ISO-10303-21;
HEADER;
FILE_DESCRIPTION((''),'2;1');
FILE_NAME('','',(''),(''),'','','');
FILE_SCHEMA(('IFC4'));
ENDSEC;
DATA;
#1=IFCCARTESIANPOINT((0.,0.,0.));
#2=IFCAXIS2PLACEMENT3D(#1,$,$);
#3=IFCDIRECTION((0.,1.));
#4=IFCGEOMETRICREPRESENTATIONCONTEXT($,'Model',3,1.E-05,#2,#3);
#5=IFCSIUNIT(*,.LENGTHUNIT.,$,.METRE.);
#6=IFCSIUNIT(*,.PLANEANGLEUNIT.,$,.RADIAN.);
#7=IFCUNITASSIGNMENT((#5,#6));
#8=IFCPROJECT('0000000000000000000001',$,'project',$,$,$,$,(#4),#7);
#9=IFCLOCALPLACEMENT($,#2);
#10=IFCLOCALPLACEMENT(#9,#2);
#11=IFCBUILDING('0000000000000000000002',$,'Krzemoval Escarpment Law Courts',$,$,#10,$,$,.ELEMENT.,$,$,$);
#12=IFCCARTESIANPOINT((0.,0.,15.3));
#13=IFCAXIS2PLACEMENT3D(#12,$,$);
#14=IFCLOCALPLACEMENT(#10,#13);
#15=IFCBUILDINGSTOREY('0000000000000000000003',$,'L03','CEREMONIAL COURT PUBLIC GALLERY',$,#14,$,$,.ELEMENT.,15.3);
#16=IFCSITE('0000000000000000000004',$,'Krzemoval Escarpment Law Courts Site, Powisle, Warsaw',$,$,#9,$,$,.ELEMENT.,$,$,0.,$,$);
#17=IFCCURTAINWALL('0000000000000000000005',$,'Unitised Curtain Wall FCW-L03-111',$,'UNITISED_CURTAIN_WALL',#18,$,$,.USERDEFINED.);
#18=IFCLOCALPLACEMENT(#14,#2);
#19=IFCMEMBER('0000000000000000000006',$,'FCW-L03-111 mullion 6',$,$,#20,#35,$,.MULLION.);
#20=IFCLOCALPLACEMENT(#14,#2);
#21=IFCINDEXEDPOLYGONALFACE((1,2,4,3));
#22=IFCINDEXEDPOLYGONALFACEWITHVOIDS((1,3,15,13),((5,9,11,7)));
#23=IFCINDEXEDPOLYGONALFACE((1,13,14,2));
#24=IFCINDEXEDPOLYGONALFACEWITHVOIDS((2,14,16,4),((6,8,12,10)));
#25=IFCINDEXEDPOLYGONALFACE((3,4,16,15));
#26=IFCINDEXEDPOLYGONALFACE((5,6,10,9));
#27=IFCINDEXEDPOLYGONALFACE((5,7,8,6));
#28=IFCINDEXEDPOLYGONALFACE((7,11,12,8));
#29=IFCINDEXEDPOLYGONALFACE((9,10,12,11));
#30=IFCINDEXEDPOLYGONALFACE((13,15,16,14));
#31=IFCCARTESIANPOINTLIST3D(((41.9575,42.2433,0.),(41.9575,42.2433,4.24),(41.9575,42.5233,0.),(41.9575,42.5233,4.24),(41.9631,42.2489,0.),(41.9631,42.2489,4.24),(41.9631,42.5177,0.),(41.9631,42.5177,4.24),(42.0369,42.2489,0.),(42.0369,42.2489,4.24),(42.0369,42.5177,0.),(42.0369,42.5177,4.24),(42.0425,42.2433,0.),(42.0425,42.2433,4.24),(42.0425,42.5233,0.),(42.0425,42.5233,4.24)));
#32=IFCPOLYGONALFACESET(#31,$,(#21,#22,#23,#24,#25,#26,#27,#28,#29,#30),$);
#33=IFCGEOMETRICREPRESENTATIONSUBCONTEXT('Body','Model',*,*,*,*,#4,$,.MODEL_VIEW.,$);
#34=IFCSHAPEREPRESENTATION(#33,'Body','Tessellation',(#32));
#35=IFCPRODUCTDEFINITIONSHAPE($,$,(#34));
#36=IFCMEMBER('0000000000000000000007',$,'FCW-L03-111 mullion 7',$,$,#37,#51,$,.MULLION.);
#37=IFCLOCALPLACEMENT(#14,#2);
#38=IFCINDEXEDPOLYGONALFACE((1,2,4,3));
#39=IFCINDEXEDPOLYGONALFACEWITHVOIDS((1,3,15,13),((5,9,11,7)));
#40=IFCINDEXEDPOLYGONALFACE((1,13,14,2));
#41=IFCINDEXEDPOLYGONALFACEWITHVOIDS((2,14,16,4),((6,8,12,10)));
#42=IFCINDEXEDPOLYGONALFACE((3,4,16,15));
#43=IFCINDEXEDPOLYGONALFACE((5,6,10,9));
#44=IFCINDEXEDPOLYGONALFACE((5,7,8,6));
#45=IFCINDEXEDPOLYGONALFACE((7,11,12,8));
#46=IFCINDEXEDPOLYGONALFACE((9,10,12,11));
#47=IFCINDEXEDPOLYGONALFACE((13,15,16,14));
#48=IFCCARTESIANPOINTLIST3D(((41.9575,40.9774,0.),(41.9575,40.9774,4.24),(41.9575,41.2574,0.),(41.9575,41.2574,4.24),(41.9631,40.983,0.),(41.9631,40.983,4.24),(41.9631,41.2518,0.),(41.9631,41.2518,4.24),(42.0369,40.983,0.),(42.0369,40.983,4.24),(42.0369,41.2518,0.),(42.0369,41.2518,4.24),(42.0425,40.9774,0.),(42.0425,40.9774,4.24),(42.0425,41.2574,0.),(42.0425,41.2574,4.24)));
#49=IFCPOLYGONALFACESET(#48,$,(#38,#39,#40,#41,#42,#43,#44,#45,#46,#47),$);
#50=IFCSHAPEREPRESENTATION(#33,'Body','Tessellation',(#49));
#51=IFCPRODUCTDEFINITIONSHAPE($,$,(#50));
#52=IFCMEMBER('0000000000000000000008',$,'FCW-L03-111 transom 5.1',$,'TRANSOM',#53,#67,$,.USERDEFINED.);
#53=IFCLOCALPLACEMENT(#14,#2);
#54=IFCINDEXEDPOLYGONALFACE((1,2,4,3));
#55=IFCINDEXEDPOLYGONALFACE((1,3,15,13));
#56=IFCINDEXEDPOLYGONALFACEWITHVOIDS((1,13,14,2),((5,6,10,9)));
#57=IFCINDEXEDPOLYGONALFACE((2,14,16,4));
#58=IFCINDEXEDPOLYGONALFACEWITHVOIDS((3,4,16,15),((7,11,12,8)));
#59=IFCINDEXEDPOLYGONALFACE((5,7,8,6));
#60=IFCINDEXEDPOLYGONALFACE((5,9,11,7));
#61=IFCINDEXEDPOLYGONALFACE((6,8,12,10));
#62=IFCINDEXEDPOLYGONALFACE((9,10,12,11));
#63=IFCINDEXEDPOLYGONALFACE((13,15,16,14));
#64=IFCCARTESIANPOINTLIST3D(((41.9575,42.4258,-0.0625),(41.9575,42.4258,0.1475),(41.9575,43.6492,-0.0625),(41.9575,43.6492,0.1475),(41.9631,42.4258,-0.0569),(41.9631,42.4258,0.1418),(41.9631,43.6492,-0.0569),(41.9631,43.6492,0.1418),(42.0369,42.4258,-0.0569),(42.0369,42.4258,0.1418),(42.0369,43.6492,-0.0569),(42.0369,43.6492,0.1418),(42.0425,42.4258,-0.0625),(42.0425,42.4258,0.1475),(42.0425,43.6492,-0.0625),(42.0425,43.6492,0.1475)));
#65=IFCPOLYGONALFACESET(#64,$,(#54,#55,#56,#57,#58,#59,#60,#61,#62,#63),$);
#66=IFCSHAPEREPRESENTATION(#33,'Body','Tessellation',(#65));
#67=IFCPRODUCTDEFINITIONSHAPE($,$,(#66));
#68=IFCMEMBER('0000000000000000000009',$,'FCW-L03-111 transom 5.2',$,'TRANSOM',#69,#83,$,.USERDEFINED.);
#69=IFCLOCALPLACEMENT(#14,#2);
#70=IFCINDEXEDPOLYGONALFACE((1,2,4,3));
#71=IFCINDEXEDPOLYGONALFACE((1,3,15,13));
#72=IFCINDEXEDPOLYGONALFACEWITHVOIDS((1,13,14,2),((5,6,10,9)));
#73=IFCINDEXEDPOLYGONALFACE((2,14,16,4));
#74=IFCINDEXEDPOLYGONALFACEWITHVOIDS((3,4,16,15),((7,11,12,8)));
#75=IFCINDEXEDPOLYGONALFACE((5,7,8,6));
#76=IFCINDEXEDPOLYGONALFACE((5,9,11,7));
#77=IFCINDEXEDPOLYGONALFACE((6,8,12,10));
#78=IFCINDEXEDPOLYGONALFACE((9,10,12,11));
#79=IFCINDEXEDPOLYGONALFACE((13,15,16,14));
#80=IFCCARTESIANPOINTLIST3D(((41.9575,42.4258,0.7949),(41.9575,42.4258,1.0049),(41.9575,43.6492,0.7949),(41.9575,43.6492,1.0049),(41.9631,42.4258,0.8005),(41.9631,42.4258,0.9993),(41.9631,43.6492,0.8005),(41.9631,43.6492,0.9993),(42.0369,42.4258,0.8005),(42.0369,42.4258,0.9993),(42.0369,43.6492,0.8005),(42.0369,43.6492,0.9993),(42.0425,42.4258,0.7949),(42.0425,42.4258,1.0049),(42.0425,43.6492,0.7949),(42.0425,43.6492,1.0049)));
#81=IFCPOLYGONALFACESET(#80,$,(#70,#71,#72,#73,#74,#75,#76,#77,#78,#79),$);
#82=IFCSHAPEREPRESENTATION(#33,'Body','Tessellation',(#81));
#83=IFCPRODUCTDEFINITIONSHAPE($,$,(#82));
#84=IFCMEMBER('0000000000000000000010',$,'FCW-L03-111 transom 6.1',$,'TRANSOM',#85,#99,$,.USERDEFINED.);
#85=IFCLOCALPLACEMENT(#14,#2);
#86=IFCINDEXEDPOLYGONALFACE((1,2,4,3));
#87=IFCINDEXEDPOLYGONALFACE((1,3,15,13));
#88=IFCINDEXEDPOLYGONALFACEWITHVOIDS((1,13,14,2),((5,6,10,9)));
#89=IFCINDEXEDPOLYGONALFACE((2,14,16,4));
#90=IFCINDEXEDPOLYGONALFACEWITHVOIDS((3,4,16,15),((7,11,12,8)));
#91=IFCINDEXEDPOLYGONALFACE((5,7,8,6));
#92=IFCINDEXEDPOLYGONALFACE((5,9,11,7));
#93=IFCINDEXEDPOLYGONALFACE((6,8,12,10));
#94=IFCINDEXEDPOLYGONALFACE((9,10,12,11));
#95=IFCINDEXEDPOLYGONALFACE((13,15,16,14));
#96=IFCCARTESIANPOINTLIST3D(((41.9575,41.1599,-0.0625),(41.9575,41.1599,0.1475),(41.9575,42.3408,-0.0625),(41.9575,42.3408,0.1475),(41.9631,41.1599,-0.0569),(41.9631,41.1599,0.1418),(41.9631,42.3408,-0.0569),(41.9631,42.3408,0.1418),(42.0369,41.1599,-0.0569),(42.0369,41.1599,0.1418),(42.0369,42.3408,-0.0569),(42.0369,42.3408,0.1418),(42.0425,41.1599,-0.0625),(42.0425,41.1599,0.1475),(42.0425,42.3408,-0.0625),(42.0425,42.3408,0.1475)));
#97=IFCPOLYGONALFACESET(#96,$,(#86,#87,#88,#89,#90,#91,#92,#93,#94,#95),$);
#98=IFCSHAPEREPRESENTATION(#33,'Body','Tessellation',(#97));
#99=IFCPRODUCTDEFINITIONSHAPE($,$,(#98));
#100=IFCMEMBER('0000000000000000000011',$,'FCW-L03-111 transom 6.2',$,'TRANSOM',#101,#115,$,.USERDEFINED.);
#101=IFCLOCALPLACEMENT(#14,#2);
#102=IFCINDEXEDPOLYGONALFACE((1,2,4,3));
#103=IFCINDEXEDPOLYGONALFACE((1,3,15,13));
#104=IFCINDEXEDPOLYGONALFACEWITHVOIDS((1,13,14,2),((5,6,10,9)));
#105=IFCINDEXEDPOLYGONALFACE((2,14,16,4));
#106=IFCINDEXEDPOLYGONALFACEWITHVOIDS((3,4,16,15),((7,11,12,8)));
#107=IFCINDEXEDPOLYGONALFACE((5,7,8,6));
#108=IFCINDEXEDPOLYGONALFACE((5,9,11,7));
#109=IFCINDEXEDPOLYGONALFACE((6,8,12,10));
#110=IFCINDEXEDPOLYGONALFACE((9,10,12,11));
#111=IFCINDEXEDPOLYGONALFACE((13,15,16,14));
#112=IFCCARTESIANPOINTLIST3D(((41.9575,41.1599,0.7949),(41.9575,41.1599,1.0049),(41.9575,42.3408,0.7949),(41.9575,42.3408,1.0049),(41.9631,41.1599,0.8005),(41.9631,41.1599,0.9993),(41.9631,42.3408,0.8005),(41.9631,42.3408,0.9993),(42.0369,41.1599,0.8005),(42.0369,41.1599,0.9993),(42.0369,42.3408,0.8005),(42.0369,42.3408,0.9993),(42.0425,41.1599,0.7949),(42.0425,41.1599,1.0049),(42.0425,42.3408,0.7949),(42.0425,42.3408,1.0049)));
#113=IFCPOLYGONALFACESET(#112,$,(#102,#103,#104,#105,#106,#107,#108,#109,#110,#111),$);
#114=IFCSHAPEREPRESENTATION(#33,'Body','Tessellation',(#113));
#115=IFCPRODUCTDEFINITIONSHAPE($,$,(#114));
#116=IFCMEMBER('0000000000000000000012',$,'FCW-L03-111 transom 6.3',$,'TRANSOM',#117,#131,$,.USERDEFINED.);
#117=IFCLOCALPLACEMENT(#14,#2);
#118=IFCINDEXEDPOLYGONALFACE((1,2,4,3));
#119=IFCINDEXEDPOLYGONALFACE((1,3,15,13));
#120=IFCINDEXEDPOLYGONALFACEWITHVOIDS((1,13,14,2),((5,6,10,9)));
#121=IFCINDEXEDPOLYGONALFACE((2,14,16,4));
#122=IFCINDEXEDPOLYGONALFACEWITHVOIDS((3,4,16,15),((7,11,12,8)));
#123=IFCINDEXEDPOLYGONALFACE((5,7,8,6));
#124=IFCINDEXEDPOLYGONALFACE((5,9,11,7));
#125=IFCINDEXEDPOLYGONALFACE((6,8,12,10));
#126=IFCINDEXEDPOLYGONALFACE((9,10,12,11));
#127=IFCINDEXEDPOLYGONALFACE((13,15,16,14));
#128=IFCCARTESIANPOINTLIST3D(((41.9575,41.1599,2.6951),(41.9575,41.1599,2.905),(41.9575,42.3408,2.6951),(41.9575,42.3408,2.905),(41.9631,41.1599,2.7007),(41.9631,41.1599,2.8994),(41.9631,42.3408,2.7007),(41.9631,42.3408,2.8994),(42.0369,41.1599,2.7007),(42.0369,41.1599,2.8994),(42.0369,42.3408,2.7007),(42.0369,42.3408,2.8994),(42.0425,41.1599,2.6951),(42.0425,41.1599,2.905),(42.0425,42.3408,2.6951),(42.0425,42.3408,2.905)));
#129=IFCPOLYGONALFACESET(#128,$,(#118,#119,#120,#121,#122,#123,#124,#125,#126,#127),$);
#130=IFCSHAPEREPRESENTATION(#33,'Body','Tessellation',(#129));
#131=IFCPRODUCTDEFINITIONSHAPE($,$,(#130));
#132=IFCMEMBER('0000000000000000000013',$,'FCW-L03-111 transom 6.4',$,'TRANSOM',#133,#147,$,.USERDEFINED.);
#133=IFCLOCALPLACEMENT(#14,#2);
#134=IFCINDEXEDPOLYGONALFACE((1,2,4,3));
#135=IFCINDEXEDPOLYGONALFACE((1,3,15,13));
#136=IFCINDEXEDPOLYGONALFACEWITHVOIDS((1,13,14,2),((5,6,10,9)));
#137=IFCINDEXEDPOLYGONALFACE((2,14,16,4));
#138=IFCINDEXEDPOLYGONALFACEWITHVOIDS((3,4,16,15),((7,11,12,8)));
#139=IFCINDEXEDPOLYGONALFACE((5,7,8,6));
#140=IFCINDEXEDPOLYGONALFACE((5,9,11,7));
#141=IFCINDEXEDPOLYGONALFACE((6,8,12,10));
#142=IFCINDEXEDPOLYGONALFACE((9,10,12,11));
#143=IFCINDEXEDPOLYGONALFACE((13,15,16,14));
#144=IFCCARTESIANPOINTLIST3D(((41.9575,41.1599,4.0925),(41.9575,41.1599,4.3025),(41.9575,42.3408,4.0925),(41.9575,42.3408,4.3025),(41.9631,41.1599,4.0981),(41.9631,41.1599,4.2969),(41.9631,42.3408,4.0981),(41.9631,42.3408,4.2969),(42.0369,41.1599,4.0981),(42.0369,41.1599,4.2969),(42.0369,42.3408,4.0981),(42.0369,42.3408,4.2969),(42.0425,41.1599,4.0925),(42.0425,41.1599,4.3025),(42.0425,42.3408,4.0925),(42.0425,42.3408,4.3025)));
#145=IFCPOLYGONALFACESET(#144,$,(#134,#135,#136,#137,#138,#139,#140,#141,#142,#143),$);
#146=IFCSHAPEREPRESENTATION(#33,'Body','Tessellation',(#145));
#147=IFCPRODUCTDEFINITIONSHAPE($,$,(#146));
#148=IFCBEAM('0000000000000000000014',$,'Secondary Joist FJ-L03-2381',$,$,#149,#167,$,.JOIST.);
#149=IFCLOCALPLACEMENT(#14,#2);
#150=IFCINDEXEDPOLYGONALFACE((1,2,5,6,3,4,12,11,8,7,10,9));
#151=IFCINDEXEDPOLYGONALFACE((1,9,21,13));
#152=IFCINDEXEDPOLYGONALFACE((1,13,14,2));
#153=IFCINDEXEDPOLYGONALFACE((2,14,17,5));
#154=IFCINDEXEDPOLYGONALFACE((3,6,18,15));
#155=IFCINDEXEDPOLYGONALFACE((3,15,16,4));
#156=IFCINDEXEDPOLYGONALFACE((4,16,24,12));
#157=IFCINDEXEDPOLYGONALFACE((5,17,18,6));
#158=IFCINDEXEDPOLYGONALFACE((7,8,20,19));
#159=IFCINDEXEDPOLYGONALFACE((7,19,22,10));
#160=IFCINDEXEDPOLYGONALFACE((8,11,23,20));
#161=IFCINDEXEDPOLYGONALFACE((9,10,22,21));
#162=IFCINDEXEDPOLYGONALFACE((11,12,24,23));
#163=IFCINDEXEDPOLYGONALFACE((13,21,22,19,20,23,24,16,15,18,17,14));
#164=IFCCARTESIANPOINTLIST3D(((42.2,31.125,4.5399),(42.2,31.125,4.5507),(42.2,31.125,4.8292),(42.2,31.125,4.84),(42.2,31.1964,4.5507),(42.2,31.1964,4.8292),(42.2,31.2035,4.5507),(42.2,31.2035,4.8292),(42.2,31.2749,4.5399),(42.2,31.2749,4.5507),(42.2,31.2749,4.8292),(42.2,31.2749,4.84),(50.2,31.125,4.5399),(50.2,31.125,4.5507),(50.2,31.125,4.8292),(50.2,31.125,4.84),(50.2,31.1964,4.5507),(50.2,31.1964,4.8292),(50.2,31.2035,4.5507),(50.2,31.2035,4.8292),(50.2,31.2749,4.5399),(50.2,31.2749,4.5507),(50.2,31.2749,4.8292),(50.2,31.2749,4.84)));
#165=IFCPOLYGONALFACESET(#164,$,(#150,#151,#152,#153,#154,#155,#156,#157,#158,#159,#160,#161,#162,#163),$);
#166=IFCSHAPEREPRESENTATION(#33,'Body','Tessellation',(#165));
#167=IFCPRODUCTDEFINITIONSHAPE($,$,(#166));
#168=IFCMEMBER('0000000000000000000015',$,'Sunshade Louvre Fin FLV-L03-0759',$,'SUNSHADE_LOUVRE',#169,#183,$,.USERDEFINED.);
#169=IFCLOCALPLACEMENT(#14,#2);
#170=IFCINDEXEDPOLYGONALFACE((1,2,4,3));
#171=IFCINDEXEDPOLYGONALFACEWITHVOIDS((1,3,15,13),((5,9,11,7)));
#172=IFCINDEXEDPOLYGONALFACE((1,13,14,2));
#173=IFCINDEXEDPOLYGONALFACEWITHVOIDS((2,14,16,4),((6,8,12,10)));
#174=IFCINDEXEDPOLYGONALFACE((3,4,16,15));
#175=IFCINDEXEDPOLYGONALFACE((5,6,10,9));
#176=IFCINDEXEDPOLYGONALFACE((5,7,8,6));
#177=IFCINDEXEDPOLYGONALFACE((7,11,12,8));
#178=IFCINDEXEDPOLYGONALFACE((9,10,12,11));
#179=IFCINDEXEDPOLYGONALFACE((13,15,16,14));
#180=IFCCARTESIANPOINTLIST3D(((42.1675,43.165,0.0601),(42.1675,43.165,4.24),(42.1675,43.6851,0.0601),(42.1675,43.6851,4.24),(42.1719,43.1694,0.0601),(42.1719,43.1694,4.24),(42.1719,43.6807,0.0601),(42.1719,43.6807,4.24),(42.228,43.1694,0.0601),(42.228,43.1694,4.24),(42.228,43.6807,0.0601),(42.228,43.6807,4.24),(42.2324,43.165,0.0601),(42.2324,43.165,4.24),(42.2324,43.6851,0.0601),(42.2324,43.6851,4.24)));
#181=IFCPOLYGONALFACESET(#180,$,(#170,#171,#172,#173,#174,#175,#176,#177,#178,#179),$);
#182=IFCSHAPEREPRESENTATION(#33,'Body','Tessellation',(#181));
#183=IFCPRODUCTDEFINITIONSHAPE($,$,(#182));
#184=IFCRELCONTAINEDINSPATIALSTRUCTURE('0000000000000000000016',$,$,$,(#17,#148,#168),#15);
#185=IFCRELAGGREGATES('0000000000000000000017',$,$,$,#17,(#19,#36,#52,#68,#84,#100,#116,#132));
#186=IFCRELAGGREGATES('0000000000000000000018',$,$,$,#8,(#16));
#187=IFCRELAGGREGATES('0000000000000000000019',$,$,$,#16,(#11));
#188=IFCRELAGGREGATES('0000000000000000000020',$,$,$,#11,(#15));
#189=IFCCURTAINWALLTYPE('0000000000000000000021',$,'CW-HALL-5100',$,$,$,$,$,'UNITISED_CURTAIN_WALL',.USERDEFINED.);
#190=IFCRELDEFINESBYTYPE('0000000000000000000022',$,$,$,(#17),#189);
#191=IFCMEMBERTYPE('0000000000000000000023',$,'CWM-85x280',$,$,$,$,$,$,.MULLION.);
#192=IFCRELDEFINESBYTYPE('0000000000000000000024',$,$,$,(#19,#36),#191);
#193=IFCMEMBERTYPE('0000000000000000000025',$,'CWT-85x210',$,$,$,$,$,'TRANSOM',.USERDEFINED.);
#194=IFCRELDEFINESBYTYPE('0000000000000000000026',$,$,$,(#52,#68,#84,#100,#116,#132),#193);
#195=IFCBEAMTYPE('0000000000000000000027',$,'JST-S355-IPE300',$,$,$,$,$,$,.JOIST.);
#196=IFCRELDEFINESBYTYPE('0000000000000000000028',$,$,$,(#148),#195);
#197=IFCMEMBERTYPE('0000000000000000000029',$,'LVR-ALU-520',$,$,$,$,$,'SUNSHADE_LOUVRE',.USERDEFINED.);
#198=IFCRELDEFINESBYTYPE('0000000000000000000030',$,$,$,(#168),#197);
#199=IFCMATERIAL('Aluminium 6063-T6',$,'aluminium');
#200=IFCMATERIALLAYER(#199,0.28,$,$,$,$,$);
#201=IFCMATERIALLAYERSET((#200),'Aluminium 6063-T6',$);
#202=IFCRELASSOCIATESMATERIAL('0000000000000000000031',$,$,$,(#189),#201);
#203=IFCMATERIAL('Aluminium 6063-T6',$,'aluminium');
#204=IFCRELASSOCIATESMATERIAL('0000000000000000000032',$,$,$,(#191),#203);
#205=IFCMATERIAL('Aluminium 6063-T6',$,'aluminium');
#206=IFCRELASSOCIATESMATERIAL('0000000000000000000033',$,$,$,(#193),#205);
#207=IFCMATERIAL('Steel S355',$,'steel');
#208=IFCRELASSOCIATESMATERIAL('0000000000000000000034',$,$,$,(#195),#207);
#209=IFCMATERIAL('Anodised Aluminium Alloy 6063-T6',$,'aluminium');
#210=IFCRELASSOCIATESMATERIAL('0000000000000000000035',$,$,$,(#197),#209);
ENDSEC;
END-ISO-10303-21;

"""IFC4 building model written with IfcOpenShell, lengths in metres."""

from ifc_helpers import new_model, si_unit, direction, frame, origin, origin_2d, place, context, subcontext, project, spatial, hollow_rectangle, i_section, extrude, material, layer, layer_set, material_profile, profile_set, type_object, element, aggregate, save


model = new_model("IFC4")

# Units and contexts
model_context = context("Model", 3, precision=1e-05, world=origin(), true_north=direction((0.0, 1.0)))
body_context = subcontext(model_context, "Body", "Model", "MODEL_VIEW")
ifc_project = project(units=[si_unit("LENGTHUNIT", "METRE"), si_unit("PLANEANGLEUNIT", "RADIAN")], contexts=[model_context])

# Site, building, storey
site_placement = place(None, origin())
site = spatial("IfcSite", under=ifc_project, at=site_placement, Name="Krzemoval Escarpment Law Courts Site, Powisle, Warsaw", CompositionType="ELEMENT", RefElevation=0.0)
building_placement = place(site_placement, origin())
building = spatial("IfcBuilding", under=site, at=building_placement, Name="Krzemoval Escarpment Law Courts", CompositionType="ELEMENT")
storey_placement = place(building_placement, frame((0.0, 0.0, 15.3)))
storey = spatial("IfcBuildingStorey", under=building, at=storey_placement, Name="L03", Description="CEREMONIAL COURT PUBLIC GALLERY", CompositionType="ELEMENT", Elevation=15.3)

# Curtain wall, members
ifc_material_1 = material(Name="Aluminium 6063-T6", Category="aluminium")
ifc_layer_1 = layer(ifc_material_1, 0.28)
ifc_layer_set_1 = layer_set([ifc_layer_1], Name="Aluminium 6063-T6")
curtain_wall_type = type_object("IfcCurtainWallType", Name="CW-HALL-5100", ElementType="UNITISED_CURTAIN_WALL", PredefinedType="USERDEFINED", material=ifc_layer_set_1)
curtain_wall_placement = place(storey_placement, origin())
curtain_wall = element("IfcCurtainWall", 1, at=curtain_wall_placement, inside=storey, type_object=curtain_wall_type, Name="Unitised Curtain Wall FCW-L03-111", ObjectType="UNITISED_CURTAIN_WALL", PredefinedType="USERDEFINED")
ifc_material_2 = material(Name="Aluminium 6063-T6", Category="aluminium")
ifc_material_profile_1 = material_profile(ifc_material_2, hollow_rectangle(XDim=0.085, YDim=0.28, WallThickness=0.0056, at=origin_2d()), Name="ALU M85x280")
ifc_profile_set_1 = profile_set([ifc_material_profile_1], Name="Aluminium 6063-T6")
member_type_1 = type_object("IfcMemberType", Name="CWM-85x280", PredefinedType="MULLION", material=ifc_profile_set_1)
member_1_placement = place(storey_placement, frame((42.0, 42.3833, 0.0), z_axis=(0.0, 0.0, 1.0), x_axis=(1.0, 0.0, 0.0)))
member_1 = element("IfcMember", 2, at=member_1_placement, type_object=member_type_1, Name="FCW-L03-111 mullion 6", PredefinedType="MULLION", context=body_context, shape_type="SweptSolid", body=[
    extrude(hollow_rectangle(XDim=0.085, YDim=0.28, WallThickness=0.0056, at=origin_2d()), origin(), (0.0, 0.0, 1.0), 4.24),
])
member_2_placement = place(storey_placement, frame((42.0, 41.1174, 0.0), z_axis=(0.0, 0.0, 1.0), x_axis=(1.0, 0.0, 0.0)))
member_2 = element("IfcMember", 3, at=member_2_placement, type_object=member_type_1, Name="FCW-L03-111 mullion 7", PredefinedType="MULLION", context=body_context, shape_type="SweptSolid", body=[
    extrude(hollow_rectangle(XDim=0.085, YDim=0.28, WallThickness=0.0056, at=origin_2d()), origin(), (0.0, 0.0, 1.0), 4.24),
])
ifc_material_3 = material(Name="Aluminium 6063-T6", Category="aluminium")
ifc_material_profile_2 = material_profile(ifc_material_3, hollow_rectangle(XDim=0.085, YDim=0.21, WallThickness=0.0056, at=origin_2d()), Name="ALU T85x210")
ifc_profile_set_2 = profile_set([ifc_material_profile_2], Name="Aluminium 6063-T6")
member_type_2 = type_object("IfcMemberType", Name="CWT-85x210", ElementType="TRANSOM", PredefinedType="USERDEFINED", material=ifc_profile_set_2)
member_3_placement = place(storey_placement, frame((42.0, 43.6492, 0.0425), z_axis=(0.0, -1.0, 0.0), x_axis=(1.0, 0.0, 0.0)))
member_3 = element("IfcMember", 4, at=member_3_placement, type_object=member_type_2, Name="FCW-L03-111 transom 5.1", ObjectType="TRANSOM", PredefinedType="USERDEFINED", context=body_context, shape_type="SweptSolid", body=[
    extrude(hollow_rectangle(XDim=0.085, YDim=0.21, WallThickness=0.0056, at=origin_2d()), origin(), (0.0, 0.0, 1.0), 1.2234),
])
member_4_placement = place(storey_placement, frame((42.0, 43.6492, 0.8999), z_axis=(0.0, -1.0, 0.0), x_axis=(1.0, 0.0, 0.0)))
member_4 = element("IfcMember", 5, at=member_4_placement, type_object=member_type_2, Name="FCW-L03-111 transom 5.2", ObjectType="TRANSOM", PredefinedType="USERDEFINED", context=body_context, shape_type="SweptSolid", body=[
    extrude(hollow_rectangle(XDim=0.085, YDim=0.21, WallThickness=0.0056, at=origin_2d()), origin(), (0.0, 0.0, 1.0), 1.2234),
])
member_5_placement = place(storey_placement, frame((42.0, 42.3408, 0.0425), z_axis=(0.0, -1.0, 0.0), x_axis=(1.0, 0.0, 0.0)))
member_5 = element("IfcMember", 6, at=member_5_placement, type_object=member_type_2, Name="FCW-L03-111 transom 6.1", ObjectType="TRANSOM", PredefinedType="USERDEFINED", context=body_context, shape_type="SweptSolid", body=[
    extrude(hollow_rectangle(XDim=0.085, YDim=0.21, WallThickness=0.0056, at=origin_2d()), origin(), (0.0, 0.0, 1.0), 1.1809),
])
member_6_placement = place(storey_placement, frame((42.0, 42.3408, 0.8999), z_axis=(0.0, -1.0, 0.0), x_axis=(1.0, 0.0, 0.0)))
member_6 = element("IfcMember", 7, at=member_6_placement, type_object=member_type_2, Name="FCW-L03-111 transom 6.2", ObjectType="TRANSOM", PredefinedType="USERDEFINED", context=body_context, shape_type="SweptSolid", body=[
    extrude(hollow_rectangle(XDim=0.085, YDim=0.21, WallThickness=0.0056, at=origin_2d()), origin(), (0.0, 0.0, 1.0), 1.1809),
])
member_7_placement = place(storey_placement, frame((42.0, 42.3408, 2.8), z_axis=(0.0, -1.0, 0.0), x_axis=(1.0, 0.0, 0.0)))
member_7 = element("IfcMember", 8, at=member_7_placement, type_object=member_type_2, Name="FCW-L03-111 transom 6.3", ObjectType="TRANSOM", PredefinedType="USERDEFINED", context=body_context, shape_type="SweptSolid", body=[
    extrude(hollow_rectangle(XDim=0.085, YDim=0.21, WallThickness=0.0056, at=origin_2d()), origin(), (0.0, 0.0, 1.0), 1.1809),
])
member_8_placement = place(storey_placement, frame((42.0, 42.3408, 4.1975), z_axis=(0.0, -1.0, 0.0), x_axis=(1.0, 0.0, 0.0)))
member_8 = element("IfcMember", 9, at=member_8_placement, type_object=member_type_2, Name="FCW-L03-111 transom 6.4", ObjectType="TRANSOM", PredefinedType="USERDEFINED", context=body_context, shape_type="SweptSolid", body=[
    extrude(hollow_rectangle(XDim=0.085, YDim=0.21, WallThickness=0.0056, at=origin_2d()), origin(), (0.0, 0.0, 1.0), 1.1809),
])

# Beam
ifc_material_4 = material(Name="Steel S355", Category="steel")
ifc_material_profile_3 = material_profile(ifc_material_4, i_section(OverallWidth=0.1499, OverallDepth=0.3, WebThickness=0.0071, FlangeThickness=0.0107, at=origin_2d()), Name="IPE 300")
ifc_profile_set_3 = profile_set([ifc_material_profile_3], Name="Steel S355")
beam_type = type_object("IfcBeamType", Name="JST-S355-IPE300", PredefinedType="JOIST", material=ifc_profile_set_3)
beam_placement = place(storey_placement, frame((42.2, 31.2, 4.6899), z_axis=(1.0, 0.0, 0.0), x_axis=(0.0, 1.0, 0.0)))
element("IfcBeam", 10, at=beam_placement, inside=storey, type_object=beam_type, Name="Secondary Joist FJ-L03-2381", PredefinedType="JOIST", context=body_context, shape_type="SweptSolid", body=[
    extrude(i_section(OverallWidth=0.1499, OverallDepth=0.3, WebThickness=0.0071, FlangeThickness=0.0107, at=origin_2d()), origin(), (0.0, 0.0, 1.0), 8.0),
])

# Member
ifc_material_5 = material(Name="Anodised Aluminium Alloy 6063-T6", Category="aluminium")
ifc_material_profile_4 = material_profile(ifc_material_5, hollow_rectangle(XDim=0.0649, YDim=0.52, WallThickness=0.0044, at=origin_2d()), Name="ALU LVR 65x520")
ifc_profile_set_4 = profile_set([ifc_material_profile_4], Name="Anodised Aluminium Alloy 6063-T6")
member_type_3 = type_object("IfcMemberType", Name="LVR-ALU-520", ElementType="SUNSHADE_LOUVRE", PredefinedType="USERDEFINED", material=ifc_profile_set_4)
for number, where, z_axis, x_axis, name in (
    (11, (42.2, 43.425, 0.0601), (0.0, 0.0, 1.0), (1.0, 0.0, 0.0), "Sunshade Louvre Fin FLV-L03-0759"),
):
    element("IfcMember", number, at=place(storey_placement, frame(where, z_axis=z_axis, x_axis=x_axis)), inside=storey, type_object=member_type_3, Name=name, ObjectType="SUNSHADE_LOUVRE", PredefinedType="USERDEFINED", context=body_context, shape_type="SweptSolid", body=[
        extrude(hollow_rectangle(XDim=0.0649, YDim=0.52, WallThickness=0.0044, at=origin_2d()), origin(), (0.0, 0.0, 1.0), 4.1799),
    ])

aggregate(curtain_wall, [member_1, member_2, member_3, member_4, member_5, member_6, member_7, member_8])

save(model, "model.ifc")
